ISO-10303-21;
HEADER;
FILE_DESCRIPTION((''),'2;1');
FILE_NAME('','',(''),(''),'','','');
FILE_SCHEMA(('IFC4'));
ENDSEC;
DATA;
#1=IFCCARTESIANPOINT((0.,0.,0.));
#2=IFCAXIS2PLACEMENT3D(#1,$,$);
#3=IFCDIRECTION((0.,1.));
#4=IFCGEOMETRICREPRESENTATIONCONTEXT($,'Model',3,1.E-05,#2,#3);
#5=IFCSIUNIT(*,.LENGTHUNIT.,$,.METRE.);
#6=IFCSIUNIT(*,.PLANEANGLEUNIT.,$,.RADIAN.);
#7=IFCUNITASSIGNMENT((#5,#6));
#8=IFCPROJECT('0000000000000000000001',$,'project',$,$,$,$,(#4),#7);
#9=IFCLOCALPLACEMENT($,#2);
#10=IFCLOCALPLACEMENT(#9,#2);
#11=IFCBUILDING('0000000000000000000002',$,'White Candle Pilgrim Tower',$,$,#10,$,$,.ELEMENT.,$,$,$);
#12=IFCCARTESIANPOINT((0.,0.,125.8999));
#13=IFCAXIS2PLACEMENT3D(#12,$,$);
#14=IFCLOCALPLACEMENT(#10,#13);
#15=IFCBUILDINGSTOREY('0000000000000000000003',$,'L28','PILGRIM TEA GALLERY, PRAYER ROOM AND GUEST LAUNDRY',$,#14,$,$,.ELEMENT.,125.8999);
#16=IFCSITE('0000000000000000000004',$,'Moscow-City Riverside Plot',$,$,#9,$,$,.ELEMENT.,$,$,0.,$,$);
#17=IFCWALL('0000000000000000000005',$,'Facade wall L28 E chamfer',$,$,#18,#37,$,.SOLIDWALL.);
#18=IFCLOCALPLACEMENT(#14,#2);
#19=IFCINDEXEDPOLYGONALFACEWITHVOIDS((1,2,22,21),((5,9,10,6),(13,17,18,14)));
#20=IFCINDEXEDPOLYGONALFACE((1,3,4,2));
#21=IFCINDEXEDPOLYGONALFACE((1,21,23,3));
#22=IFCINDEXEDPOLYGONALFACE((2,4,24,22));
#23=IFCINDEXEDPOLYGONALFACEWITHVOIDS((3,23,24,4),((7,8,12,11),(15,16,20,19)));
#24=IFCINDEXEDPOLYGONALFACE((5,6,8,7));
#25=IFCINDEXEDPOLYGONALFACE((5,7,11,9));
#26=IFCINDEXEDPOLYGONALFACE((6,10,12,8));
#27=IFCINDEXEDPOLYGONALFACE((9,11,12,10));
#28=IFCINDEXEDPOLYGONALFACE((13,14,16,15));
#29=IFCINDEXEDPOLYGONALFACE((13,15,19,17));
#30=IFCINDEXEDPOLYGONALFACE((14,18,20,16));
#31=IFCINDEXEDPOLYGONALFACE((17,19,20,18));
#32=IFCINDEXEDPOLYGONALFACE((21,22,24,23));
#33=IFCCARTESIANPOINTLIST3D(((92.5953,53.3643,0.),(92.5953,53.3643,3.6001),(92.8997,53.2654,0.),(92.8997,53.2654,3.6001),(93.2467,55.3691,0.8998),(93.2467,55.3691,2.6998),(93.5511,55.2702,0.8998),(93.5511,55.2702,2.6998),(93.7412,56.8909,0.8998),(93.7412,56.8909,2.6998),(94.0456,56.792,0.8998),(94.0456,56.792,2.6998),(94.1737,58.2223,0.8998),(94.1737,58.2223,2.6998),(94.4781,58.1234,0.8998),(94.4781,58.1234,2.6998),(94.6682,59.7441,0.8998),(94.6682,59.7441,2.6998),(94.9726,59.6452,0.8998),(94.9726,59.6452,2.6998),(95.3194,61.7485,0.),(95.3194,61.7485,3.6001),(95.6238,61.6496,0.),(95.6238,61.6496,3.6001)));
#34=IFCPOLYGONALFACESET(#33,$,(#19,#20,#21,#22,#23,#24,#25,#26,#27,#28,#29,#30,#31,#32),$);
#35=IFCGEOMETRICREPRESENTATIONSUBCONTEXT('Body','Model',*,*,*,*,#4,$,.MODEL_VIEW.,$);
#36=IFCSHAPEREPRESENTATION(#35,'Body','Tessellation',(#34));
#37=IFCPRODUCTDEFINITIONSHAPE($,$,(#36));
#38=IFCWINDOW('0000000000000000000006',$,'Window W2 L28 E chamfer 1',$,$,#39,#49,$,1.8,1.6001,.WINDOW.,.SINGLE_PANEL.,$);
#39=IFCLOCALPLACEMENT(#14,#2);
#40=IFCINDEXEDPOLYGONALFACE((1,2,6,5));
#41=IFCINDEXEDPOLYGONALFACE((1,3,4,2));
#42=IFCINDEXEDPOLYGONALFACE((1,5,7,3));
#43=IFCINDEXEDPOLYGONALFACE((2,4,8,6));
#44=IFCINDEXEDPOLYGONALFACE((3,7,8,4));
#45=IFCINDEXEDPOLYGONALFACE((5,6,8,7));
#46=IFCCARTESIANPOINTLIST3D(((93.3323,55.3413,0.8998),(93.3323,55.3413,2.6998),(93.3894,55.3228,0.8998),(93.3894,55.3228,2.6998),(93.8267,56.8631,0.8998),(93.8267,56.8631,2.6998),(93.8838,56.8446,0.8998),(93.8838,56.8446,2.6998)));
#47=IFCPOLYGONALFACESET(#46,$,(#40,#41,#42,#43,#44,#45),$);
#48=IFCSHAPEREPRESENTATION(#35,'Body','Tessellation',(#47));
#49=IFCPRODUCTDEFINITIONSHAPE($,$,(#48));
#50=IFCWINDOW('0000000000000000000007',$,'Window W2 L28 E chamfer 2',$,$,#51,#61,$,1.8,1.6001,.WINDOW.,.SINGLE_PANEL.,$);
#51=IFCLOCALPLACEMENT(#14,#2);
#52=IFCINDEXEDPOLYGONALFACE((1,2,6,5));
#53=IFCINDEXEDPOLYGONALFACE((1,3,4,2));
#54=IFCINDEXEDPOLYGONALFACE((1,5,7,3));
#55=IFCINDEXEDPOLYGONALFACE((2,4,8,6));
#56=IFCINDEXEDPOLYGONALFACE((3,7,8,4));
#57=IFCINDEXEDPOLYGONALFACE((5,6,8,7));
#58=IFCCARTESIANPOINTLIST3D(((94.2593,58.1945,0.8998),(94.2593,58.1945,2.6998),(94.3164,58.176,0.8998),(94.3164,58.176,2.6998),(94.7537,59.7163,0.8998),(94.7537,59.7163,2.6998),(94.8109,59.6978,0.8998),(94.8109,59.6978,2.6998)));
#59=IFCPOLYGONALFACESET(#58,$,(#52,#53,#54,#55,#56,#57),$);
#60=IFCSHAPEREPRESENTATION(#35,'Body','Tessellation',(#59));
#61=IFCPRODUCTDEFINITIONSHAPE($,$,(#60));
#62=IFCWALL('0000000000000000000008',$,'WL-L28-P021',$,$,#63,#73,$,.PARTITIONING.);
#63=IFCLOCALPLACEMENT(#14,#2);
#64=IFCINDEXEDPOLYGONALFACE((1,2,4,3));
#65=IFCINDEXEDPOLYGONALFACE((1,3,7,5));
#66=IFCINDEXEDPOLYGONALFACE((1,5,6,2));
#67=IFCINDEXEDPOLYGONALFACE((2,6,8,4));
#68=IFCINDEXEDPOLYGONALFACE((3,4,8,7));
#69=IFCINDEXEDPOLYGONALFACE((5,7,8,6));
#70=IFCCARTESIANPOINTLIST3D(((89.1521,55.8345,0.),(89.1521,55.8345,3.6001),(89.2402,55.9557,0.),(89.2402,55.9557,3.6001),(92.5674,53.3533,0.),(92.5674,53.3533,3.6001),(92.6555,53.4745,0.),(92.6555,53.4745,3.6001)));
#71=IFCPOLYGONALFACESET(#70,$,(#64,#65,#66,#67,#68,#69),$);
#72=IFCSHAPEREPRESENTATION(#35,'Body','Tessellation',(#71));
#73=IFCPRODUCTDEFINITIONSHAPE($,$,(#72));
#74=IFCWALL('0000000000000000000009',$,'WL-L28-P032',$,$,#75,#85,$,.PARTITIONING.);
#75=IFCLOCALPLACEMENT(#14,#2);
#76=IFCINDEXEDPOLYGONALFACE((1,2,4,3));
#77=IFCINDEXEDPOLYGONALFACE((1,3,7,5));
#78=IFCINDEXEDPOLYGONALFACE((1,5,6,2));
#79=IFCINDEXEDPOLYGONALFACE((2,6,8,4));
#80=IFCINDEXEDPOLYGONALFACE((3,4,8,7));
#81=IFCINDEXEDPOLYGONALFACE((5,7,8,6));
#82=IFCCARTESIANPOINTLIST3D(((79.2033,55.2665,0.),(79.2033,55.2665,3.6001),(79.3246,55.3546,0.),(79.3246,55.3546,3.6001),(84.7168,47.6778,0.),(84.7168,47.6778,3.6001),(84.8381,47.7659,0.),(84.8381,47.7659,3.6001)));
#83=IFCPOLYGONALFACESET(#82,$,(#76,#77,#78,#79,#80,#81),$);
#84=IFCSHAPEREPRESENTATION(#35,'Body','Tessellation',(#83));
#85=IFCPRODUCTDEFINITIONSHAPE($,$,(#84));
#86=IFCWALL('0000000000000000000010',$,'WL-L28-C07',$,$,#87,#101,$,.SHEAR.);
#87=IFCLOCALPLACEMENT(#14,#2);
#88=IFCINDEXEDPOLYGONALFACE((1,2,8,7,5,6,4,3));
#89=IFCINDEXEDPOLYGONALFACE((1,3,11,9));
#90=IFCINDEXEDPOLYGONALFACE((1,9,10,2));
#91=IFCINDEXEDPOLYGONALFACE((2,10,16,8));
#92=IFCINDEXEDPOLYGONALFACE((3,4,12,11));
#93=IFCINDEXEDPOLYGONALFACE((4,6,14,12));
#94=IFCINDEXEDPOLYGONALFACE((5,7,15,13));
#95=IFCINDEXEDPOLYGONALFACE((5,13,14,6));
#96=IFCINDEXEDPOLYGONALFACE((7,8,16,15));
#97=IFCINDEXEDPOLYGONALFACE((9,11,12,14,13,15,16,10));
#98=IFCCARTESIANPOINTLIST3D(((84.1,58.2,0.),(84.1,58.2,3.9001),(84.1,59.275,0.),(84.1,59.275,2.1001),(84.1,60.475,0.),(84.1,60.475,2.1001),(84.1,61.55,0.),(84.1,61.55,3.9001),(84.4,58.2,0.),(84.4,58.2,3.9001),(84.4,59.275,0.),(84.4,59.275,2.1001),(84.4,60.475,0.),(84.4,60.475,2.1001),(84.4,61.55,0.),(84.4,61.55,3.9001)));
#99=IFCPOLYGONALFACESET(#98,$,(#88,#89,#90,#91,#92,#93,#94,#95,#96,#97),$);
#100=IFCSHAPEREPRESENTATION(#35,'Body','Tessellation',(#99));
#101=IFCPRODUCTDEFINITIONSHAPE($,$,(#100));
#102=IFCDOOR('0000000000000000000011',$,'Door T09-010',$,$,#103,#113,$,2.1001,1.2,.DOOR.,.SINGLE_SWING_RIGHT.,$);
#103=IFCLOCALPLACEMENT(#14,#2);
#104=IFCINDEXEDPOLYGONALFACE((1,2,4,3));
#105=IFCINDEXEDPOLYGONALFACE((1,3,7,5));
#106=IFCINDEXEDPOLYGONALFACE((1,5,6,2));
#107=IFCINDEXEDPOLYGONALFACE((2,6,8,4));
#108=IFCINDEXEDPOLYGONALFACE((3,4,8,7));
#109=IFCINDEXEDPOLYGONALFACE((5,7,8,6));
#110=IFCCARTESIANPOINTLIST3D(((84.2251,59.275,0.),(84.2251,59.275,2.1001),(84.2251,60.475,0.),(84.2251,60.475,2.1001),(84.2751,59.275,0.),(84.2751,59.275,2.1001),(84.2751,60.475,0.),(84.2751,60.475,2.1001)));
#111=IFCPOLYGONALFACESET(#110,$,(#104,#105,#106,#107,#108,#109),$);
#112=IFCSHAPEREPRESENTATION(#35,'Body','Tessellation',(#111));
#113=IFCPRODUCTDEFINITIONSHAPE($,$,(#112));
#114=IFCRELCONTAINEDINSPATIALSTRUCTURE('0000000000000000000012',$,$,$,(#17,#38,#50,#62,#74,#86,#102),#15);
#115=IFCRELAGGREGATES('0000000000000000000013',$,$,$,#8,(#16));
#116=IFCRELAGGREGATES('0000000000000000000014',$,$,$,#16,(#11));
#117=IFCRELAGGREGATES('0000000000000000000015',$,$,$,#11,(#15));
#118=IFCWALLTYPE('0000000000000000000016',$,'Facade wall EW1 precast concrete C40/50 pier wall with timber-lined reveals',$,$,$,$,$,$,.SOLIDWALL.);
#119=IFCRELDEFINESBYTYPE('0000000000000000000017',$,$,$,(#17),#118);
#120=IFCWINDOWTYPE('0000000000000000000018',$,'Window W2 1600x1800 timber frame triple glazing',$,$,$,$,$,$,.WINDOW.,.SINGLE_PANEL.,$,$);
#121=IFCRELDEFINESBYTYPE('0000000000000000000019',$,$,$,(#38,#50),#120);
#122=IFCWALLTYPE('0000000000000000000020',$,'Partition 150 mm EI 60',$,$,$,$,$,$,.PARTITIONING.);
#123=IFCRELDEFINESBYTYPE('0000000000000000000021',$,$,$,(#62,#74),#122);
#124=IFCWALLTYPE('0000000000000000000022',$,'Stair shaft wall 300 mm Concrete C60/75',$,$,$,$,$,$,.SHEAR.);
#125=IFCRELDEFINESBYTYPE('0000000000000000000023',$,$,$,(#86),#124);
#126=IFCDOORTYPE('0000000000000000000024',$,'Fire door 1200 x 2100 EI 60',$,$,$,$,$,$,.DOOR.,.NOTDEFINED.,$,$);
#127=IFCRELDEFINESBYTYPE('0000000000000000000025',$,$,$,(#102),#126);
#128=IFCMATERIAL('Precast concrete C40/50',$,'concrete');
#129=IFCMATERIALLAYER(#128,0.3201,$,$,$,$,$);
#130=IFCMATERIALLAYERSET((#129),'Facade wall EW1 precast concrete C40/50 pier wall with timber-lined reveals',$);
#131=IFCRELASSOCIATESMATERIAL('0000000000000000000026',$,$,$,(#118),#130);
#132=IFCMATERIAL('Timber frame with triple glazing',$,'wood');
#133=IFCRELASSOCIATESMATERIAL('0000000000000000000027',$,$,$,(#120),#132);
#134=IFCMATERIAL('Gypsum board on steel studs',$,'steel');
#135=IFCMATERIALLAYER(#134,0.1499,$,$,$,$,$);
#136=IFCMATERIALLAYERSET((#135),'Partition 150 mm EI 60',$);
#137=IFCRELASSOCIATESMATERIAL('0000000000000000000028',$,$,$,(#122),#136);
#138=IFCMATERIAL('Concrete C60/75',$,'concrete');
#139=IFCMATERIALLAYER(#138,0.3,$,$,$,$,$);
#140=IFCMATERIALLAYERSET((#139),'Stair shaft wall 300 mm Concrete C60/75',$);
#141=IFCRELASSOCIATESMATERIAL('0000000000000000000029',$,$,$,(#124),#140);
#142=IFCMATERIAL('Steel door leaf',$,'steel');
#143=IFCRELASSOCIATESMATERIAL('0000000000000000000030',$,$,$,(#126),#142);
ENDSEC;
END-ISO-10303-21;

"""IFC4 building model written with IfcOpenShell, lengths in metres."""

from ifc_helpers import new_model, si_unit, direction, frame, frame_2d, origin, place, context, subcontext, project, spatial, rectangle, extrude, material, layer, layer_set, type_object, element, fill, save


model = new_model("IFC4")

# Units and contexts
model_context = context("Model", 3, precision=1e-05, world=origin(), true_north=direction((0.0, 1.0)))
body_context = subcontext(model_context, "Body", "Model", "MODEL_VIEW")
ifc_project = project(units=[si_unit("LENGTHUNIT", "METRE"), si_unit("PLANEANGLEUNIT", "RADIAN")], contexts=[model_context])

# Site, building, storey
site_placement = place(None, origin())
site = spatial("IfcSite", under=ifc_project, at=site_placement, Name="Moscow-City Riverside Plot", CompositionType="ELEMENT", RefElevation=0.0)
building_placement = place(site_placement, origin())
building = spatial("IfcBuilding", under=site, at=building_placement, Name="White Candle Pilgrim Tower", CompositionType="ELEMENT")
storey_placement = place(building_placement, frame((0.0, 0.0, 125.8999)))
storey = spatial("IfcBuildingStorey", under=building, at=storey_placement, Name="L28", Description="PILGRIM TEA GALLERY, PRAYER ROOM AND GUEST LAUNDRY", CompositionType="ELEMENT", Elevation=125.8999)

# Shared definitions
ifc_material_1 = material(Name="Concrete C60/75", Category="concrete")

# Shared definitions
ifc_material_2 = material(Name="Gypsum board on steel studs", Category="steel")
ifc_material_3 = material(Name="Steel door leaf", Category="steel")

# Wall, openings, windows
ifc_material_4 = material(Name="Precast concrete C40/50", Category="concrete")
ifc_layer_1 = layer(ifc_material_4, 0.3201)
ifc_layer_set_1 = layer_set([ifc_layer_1], Name="Facade wall EW1 precast concrete C40/50 pier wall with timber-lined reveals")
wall_type_1 = type_object("IfcWallType", Name="Facade wall EW1 precast concrete C40/50 pier wall with timber-lined reveals", PredefinedType="SOLIDWALL", material=ifc_layer_set_1)
wall_1_placement = place(storey_placement, frame((92.7476, 53.3149, 0.0), z_axis=(0.0, 0.0, 1.0), x_axis=(0.309007, 0.95106, 0.0)))
wall_1 = element("IfcWall", 1, at=wall_1_placement, inside=storey, type_object=wall_type_1, Name="Facade wall L28 E chamfer", PredefinedType="SOLIDWALL", context=body_context, shape_type="SweptSolid", body=[
    extrude(rectangle(XDim=8.8157, YDim=0.3201, at=frame_2d((4.4077, 0.0))), origin(), (0.0, 0.0, 1.0), 3.6001),
])
opening_1_placement = place(wall_1_placement, frame((2.1079, 0.0, 0.8999)))
opening_1 = element("IfcOpeningElement", 2, at=opening_1_placement, cuts=wall_1, PredefinedType="OPENING", context=body_context, shape_type="SweptSolid", body=[
    extrude(rectangle(XDim=1.6001, YDim=1.8, at=frame_2d((0.8, 0.8999))), frame((0.0, 0.1699, 0.0), z_axis=(0.0, -1.0, 0.0), x_axis=(1.0, 0.0, 0.0)), (0.0, 0.0, 1.0), 0.3401),
])
opening_2_placement = place(wall_1_placement, frame((5.1079, 0.0, 0.8999)))
opening_2 = element("IfcOpeningElement", 3, at=opening_2_placement, cuts=wall_1, PredefinedType="OPENING", context=body_context, shape_type="SweptSolid", body=[
    extrude(rectangle(XDim=1.6001, YDim=1.8, at=frame_2d((0.8, 0.8999))), frame((0.0, 0.1699, 0.0), z_axis=(0.0, -1.0, 0.0), x_axis=(1.0, 0.0, 0.0)), (0.0, 0.0, 1.0), 0.3401),
])
ifc_material_5 = material(Name="Timber frame with triple glazing", Category="wood")
window_type = type_object("IfcWindowType", Name="Window W2 1600x1800 timber frame triple glazing", PartitioningType="SINGLE_PANEL", PredefinedType="WINDOW", material=ifc_material_5)
window_1_placement = place(opening_1_placement, origin())
window_1 = element("IfcWindow", 4, at=window_1_placement, inside=storey, type_object=window_type, Name="Window W2 L28 E chamfer 1", OverallHeight=1.8, OverallWidth=1.6001, PartitioningType="SINGLE_PANEL", PredefinedType="WINDOW", context=body_context, shape_type="SweptSolid", body=[
    extrude(rectangle(XDim=1.6001, YDim=1.8, at=frame_2d((0.8, 0.8999))), frame((0.0, 0.0701, 0.0), z_axis=(0.0, -1.0, 0.0), x_axis=(1.0, 0.0, 0.0)), (0.0, 0.0, 1.0), 0.0601),
])
fill(opening_1, window_1)
window_2_placement = place(opening_2_placement, origin())
window_2 = element("IfcWindow", 5, at=window_2_placement, inside=storey, type_object=window_type, Name="Window W2 L28 E chamfer 2", OverallHeight=1.8, OverallWidth=1.6001, PartitioningType="SINGLE_PANEL", PredefinedType="WINDOW", context=body_context, shape_type="SweptSolid", body=[
    extrude(rectangle(XDim=1.6001, YDim=1.8, at=frame_2d((0.8, 0.8999))), frame((0.0, 0.0701, 0.0), z_axis=(0.0, -1.0, 0.0), x_axis=(1.0, 0.0, 0.0)), (0.0, 0.0, 1.0), 0.0601),
])
fill(opening_2, window_2)

# Walls
ifc_layer_2 = layer(ifc_material_2, 0.1499)
ifc_layer_set_2 = layer_set([ifc_layer_2], Name="Partition 150 mm EI 60")
wall_type_2 = type_object("IfcWallType", Name="Partition 150 mm EI 60", PredefinedType="PARTITIONING", material=ifc_layer_set_2)
wall_2_placement = place(storey_placement, frame((92.6116, 53.4138, 0.0), z_axis=(0.0, 0.0, 1.0), x_axis=(-0.809034, 0.587762, 0.0)))
element("IfcWall", 6, at=wall_2_placement, inside=storey, type_object=wall_type_2, Name="WL-L28-P021", PredefinedType="PARTITIONING", context=body_context, shape_type="SweptSolid", body=[
    extrude(rectangle(XDim=4.2214, YDim=0.1499, at=frame_2d((2.1108, 0.0))), origin(), (0.0, 0.0, 1.0), 3.6001),
])
wall_3_placement = place(storey_placement, frame((84.7773, 47.7219, 0.0), z_axis=(0.0, 0.0, 1.0), x_axis=(-0.587783, 0.809018, 0.0)))
element("IfcWall", 7, at=wall_3_placement, inside=storey, type_object=wall_type_2, Name="WL-L28-P032", PredefinedType="PARTITIONING", context=body_context, shape_type="SweptSolid", body=[
    extrude(rectangle(XDim=9.3801, YDim=0.1499, at=frame_2d((4.6899, 0.0))), origin(), (0.0, 0.0, 1.0), 3.6001),
])

# Wall, opening, door
ifc_layer_3 = layer(ifc_material_1, 0.3)
ifc_layer_set_3 = layer_set([ifc_layer_3], Name="Stair shaft wall 300 mm Concrete C60/75")
wall_type_3 = type_object("IfcWallType", Name="Stair shaft wall 300 mm Concrete C60/75", PredefinedType="SHEAR", material=ifc_layer_set_3)
wall_4_placement = place(storey_placement, frame((84.25, 58.2, 0.0), z_axis=(0.0, 0.0, 1.0), x_axis=(0.0, 1.0, 0.0)))
wall_4 = element("IfcWall", 8, at=wall_4_placement, inside=storey, type_object=wall_type_3, Name="WL-L28-C07", PredefinedType="SHEAR", context=body_context, shape_type="SweptSolid", body=[
    extrude(rectangle(XDim=3.3501, YDim=0.3, at=frame_2d((1.675, 0.0))), origin(), (0.0, 0.0, 1.0), 3.9001),
])
opening_3_placement = place(wall_4_placement, frame((1.075, 0.0, 0.0)))
opening_3 = element("IfcOpeningElement", 9, at=opening_3_placement, cuts=wall_4, PredefinedType="OPENING", context=body_context, shape_type="SweptSolid", body=[
    extrude(rectangle(XDim=1.2, YDim=2.1001, at=frame_2d((0.6001, 1.05))), frame((0.0, 0.1599, 0.0), z_axis=(0.0, -1.0, 0.0), x_axis=(1.0, 0.0, 0.0)), (0.0, 0.0, 1.0), 0.3201),
])
door_type_1 = type_object("IfcDoorType", Name="Fire door 1200 x 2100 EI 60", OperationType="NOTDEFINED", PredefinedType="DOOR", material=ifc_material_3)
door_1_placement = place(opening_3_placement, origin())
door_1 = element("IfcDoor", 10, at=door_1_placement, inside=storey, type_object=door_type_1, Name="Door T09-010", OperationType="SINGLE_SWING_RIGHT", OverallHeight=2.1001, OverallWidth=1.2, PredefinedType="DOOR", context=body_context, shape_type="SweptSolid", body=[
    extrude(rectangle(XDim=1.2, YDim=2.1001, at=frame_2d((0.6001, 1.05))), frame((0.0, 0.0249, 0.0), z_axis=(0.0, -1.0, 0.0), x_axis=(1.0, 0.0, 0.0)), (0.0, 0.0, 1.0), 0.05),
])
fill(opening_3, door_1)

save(model, "model.ifc")
